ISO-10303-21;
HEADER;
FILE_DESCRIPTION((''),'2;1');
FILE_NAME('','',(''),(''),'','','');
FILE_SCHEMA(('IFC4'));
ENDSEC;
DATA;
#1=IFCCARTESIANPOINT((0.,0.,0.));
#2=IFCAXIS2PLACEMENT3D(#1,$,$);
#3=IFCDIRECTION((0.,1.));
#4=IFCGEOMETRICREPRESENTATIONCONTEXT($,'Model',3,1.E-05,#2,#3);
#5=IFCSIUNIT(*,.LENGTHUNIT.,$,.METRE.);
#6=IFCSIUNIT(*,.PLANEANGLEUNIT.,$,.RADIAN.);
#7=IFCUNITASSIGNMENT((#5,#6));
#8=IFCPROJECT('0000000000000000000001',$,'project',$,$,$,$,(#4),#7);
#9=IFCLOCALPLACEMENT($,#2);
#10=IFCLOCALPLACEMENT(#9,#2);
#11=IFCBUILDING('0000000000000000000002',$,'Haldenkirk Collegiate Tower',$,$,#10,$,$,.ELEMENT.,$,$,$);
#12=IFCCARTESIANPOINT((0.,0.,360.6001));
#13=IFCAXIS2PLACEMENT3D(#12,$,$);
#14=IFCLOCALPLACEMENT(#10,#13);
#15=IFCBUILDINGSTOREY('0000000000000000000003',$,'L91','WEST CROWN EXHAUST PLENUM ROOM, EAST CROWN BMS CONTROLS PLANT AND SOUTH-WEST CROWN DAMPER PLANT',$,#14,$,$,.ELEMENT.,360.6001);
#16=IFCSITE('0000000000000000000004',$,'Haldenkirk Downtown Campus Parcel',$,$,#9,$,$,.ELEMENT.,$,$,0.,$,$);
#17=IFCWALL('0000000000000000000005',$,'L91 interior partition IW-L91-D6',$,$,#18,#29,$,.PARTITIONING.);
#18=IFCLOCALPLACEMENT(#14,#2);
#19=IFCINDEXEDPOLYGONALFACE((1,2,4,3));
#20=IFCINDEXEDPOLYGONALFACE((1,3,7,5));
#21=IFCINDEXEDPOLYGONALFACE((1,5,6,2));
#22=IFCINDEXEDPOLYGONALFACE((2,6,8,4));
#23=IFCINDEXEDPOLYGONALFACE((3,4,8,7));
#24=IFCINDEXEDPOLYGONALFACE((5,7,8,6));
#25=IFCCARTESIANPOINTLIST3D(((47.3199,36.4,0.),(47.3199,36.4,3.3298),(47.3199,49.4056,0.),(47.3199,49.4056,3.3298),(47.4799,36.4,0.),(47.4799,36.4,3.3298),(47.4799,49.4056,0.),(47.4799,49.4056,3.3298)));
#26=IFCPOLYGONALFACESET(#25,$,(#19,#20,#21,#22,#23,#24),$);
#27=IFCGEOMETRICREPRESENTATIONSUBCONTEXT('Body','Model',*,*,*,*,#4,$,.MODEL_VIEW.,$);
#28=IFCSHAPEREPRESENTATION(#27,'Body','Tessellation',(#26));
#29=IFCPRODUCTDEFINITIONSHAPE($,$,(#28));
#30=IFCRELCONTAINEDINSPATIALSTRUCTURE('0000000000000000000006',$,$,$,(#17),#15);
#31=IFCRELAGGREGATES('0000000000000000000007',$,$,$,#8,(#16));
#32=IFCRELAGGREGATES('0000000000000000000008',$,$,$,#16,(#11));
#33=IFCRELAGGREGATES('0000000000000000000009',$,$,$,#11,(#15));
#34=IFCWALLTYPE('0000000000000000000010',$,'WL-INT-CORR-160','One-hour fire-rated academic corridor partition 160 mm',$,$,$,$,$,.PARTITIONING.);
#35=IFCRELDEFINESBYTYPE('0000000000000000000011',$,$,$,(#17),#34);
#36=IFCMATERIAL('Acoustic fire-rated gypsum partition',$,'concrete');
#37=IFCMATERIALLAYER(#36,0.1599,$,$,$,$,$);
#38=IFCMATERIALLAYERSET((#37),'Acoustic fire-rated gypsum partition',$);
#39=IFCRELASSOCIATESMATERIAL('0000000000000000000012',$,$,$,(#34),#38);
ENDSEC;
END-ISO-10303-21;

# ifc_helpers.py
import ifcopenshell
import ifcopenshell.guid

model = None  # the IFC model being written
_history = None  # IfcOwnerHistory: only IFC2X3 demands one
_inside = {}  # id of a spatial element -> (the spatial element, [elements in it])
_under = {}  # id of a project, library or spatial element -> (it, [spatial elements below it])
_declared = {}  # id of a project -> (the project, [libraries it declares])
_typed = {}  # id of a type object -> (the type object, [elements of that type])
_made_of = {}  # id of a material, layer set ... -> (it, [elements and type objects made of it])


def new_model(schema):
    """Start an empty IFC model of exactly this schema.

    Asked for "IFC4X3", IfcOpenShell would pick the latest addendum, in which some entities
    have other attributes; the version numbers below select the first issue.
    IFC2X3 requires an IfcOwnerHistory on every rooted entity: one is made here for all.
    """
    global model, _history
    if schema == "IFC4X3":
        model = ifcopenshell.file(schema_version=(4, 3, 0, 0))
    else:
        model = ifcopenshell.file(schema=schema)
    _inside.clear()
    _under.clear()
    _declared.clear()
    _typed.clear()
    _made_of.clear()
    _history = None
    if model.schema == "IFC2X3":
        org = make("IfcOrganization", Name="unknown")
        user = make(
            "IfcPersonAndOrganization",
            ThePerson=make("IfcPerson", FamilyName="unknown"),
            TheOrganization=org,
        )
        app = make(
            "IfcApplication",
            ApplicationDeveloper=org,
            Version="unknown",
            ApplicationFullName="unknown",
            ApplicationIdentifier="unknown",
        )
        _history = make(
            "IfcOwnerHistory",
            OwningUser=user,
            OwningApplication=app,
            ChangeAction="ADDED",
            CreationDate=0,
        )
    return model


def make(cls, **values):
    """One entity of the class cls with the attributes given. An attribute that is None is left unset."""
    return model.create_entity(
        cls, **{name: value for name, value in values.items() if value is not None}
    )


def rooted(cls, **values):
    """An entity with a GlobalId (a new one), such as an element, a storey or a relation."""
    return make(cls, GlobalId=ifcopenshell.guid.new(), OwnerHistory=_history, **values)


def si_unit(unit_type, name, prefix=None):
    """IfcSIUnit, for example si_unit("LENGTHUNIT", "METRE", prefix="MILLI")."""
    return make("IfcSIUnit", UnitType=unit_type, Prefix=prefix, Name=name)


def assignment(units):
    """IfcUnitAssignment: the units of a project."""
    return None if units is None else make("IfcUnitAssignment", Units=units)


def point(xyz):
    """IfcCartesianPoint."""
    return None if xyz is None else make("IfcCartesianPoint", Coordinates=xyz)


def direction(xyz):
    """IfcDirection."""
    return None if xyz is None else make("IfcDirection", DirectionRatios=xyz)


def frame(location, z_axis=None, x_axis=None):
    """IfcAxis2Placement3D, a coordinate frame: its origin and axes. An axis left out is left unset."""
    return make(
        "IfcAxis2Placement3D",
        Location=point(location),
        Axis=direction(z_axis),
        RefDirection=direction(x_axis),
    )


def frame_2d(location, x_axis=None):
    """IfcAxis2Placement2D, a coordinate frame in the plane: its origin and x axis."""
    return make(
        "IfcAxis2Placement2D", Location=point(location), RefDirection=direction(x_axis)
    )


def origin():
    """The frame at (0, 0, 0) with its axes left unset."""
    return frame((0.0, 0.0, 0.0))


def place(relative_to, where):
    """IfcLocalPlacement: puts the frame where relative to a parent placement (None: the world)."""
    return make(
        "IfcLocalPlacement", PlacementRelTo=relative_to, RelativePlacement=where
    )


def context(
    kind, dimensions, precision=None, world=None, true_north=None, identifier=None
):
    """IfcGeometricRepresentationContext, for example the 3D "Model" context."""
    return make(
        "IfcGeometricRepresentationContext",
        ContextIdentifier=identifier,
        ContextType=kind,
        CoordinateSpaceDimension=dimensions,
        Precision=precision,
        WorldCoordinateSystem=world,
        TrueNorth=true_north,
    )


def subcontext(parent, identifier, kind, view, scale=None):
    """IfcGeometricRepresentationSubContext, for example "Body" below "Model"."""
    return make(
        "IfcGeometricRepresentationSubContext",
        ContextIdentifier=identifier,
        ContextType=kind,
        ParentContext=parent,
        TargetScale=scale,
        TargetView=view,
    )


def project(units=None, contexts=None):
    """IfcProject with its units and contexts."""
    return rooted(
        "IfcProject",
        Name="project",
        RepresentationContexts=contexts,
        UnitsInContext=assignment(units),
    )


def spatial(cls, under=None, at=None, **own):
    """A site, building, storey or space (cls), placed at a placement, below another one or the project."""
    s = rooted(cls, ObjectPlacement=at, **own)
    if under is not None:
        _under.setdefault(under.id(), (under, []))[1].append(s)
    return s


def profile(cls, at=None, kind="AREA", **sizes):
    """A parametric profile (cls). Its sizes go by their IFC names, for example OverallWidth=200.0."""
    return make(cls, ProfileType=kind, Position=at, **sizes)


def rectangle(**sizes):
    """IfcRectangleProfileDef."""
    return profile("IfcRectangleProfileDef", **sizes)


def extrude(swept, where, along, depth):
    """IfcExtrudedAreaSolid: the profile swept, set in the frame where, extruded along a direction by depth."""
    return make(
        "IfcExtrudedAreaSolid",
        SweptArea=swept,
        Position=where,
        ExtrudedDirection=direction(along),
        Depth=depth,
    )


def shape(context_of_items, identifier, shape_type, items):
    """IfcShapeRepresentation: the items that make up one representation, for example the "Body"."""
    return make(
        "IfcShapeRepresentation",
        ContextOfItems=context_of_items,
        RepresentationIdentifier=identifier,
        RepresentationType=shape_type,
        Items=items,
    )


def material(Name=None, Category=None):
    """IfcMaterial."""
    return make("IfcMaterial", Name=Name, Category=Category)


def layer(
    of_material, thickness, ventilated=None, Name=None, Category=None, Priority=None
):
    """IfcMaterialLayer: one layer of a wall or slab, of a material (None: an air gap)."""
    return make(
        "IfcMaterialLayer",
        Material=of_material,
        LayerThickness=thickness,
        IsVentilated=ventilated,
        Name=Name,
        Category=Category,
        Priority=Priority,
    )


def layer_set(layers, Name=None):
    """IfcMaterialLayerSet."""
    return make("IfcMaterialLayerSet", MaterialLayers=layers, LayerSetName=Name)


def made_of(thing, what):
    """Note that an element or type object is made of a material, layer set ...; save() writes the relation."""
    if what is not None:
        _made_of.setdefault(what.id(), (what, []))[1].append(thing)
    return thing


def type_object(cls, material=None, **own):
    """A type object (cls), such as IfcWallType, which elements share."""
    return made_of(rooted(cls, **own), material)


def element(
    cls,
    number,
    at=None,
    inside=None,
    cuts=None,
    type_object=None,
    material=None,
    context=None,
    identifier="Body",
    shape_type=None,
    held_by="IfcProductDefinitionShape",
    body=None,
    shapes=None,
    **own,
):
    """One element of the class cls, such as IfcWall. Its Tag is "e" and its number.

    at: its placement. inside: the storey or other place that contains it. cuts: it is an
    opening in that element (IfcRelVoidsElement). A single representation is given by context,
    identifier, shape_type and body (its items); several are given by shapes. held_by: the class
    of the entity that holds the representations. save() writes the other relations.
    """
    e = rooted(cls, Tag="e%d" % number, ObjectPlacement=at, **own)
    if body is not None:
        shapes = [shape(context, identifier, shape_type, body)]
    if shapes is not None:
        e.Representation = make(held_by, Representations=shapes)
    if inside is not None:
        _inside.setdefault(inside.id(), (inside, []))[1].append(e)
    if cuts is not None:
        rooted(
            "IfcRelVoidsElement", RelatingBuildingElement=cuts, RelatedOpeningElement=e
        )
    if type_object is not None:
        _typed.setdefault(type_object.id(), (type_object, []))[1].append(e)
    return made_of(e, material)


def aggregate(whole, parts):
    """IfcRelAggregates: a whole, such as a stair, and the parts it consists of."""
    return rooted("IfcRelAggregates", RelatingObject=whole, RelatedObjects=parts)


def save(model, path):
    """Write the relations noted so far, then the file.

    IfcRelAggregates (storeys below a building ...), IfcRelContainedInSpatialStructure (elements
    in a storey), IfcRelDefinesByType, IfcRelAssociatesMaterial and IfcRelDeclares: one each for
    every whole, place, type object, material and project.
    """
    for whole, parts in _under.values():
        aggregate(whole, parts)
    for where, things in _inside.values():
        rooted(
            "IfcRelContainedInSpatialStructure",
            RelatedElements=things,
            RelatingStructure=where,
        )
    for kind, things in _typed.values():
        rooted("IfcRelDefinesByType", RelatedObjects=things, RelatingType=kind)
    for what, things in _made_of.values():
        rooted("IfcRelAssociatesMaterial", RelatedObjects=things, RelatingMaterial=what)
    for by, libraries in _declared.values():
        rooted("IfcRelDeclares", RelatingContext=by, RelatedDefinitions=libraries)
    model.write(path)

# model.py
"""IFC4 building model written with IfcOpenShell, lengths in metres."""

from ifc_helpers import new_model, si_unit, direction, frame, frame_2d, origin, place, context, subcontext, project, spatial, rectangle, extrude, material, layer, layer_set, type_object, element, save


model = new_model("IFC4")

# Units and contexts
model_context = context("Model", 3, precision=1e-05, world=origin(), true_north=direction((0.0, 1.0)))
body_context = subcontext(model_context, "Body", "Model", "MODEL_VIEW")
ifc_project = project(units=[si_unit("LENGTHUNIT", "METRE"), si_unit("PLANEANGLEUNIT", "RADIAN")], contexts=[model_context])

# Site, building, storey
site_placement = place(None, origin())
site = spatial("IfcSite", under=ifc_project, at=site_placement, Name="Haldenkirk Downtown Campus Parcel", CompositionType="ELEMENT", RefElevation=0.0)
building_placement = place(site_placement, origin())
building = spatial("IfcBuilding", under=site, at=building_placement, Name="Haldenkirk Collegiate Tower", CompositionType="ELEMENT")
storey_placement = place(building_placement, frame((0.0, 0.0, 360.6001)))
storey = spatial("IfcBuildingStorey", under=building, at=storey_placement, Name="L91", Description="WEST CROWN EXHAUST PLENUM ROOM, EAST CROWN BMS CONTROLS PLANT AND SOUTH-WEST CROWN DAMPER PLANT", CompositionType="ELEMENT", Elevation=360.6001)

# Wall
ifc_material_1 = material(Name="Acoustic fire-rated gypsum partition", Category="concrete")
ifc_layer_1 = layer(ifc_material_1, 0.1599)
ifc_layer_set_1 = layer_set([ifc_layer_1], Name="Acoustic fire-rated gypsum partition")
wall_type_1 = type_object("IfcWallType", Name="WL-INT-CORR-160", Description="One-hour fire-rated academic corridor partition 160 mm", PredefinedType="PARTITIONING", material=ifc_layer_set_1)
wall_placement = place(storey_placement, frame((47.3999, 36.3999, 0.0), z_axis=(0.0, 0.0, 1.0), x_axis=(0.0, 1.0, 0.0)))
element("IfcWall", 1, at=wall_placement, inside=storey, type_object=wall_type_1, Name="L91 interior partition IW-L91-D6", PredefinedType="PARTITIONING", context=body_context, shape_type="SweptSolid", body=[
    extrude(rectangle(XDim=13.0056, YDim=0.1599, at=frame_2d((6.5029, 0.0))), origin(), (0.0, 0.0, 1.0), 3.3298),
])

save(model, "model.ifc")
